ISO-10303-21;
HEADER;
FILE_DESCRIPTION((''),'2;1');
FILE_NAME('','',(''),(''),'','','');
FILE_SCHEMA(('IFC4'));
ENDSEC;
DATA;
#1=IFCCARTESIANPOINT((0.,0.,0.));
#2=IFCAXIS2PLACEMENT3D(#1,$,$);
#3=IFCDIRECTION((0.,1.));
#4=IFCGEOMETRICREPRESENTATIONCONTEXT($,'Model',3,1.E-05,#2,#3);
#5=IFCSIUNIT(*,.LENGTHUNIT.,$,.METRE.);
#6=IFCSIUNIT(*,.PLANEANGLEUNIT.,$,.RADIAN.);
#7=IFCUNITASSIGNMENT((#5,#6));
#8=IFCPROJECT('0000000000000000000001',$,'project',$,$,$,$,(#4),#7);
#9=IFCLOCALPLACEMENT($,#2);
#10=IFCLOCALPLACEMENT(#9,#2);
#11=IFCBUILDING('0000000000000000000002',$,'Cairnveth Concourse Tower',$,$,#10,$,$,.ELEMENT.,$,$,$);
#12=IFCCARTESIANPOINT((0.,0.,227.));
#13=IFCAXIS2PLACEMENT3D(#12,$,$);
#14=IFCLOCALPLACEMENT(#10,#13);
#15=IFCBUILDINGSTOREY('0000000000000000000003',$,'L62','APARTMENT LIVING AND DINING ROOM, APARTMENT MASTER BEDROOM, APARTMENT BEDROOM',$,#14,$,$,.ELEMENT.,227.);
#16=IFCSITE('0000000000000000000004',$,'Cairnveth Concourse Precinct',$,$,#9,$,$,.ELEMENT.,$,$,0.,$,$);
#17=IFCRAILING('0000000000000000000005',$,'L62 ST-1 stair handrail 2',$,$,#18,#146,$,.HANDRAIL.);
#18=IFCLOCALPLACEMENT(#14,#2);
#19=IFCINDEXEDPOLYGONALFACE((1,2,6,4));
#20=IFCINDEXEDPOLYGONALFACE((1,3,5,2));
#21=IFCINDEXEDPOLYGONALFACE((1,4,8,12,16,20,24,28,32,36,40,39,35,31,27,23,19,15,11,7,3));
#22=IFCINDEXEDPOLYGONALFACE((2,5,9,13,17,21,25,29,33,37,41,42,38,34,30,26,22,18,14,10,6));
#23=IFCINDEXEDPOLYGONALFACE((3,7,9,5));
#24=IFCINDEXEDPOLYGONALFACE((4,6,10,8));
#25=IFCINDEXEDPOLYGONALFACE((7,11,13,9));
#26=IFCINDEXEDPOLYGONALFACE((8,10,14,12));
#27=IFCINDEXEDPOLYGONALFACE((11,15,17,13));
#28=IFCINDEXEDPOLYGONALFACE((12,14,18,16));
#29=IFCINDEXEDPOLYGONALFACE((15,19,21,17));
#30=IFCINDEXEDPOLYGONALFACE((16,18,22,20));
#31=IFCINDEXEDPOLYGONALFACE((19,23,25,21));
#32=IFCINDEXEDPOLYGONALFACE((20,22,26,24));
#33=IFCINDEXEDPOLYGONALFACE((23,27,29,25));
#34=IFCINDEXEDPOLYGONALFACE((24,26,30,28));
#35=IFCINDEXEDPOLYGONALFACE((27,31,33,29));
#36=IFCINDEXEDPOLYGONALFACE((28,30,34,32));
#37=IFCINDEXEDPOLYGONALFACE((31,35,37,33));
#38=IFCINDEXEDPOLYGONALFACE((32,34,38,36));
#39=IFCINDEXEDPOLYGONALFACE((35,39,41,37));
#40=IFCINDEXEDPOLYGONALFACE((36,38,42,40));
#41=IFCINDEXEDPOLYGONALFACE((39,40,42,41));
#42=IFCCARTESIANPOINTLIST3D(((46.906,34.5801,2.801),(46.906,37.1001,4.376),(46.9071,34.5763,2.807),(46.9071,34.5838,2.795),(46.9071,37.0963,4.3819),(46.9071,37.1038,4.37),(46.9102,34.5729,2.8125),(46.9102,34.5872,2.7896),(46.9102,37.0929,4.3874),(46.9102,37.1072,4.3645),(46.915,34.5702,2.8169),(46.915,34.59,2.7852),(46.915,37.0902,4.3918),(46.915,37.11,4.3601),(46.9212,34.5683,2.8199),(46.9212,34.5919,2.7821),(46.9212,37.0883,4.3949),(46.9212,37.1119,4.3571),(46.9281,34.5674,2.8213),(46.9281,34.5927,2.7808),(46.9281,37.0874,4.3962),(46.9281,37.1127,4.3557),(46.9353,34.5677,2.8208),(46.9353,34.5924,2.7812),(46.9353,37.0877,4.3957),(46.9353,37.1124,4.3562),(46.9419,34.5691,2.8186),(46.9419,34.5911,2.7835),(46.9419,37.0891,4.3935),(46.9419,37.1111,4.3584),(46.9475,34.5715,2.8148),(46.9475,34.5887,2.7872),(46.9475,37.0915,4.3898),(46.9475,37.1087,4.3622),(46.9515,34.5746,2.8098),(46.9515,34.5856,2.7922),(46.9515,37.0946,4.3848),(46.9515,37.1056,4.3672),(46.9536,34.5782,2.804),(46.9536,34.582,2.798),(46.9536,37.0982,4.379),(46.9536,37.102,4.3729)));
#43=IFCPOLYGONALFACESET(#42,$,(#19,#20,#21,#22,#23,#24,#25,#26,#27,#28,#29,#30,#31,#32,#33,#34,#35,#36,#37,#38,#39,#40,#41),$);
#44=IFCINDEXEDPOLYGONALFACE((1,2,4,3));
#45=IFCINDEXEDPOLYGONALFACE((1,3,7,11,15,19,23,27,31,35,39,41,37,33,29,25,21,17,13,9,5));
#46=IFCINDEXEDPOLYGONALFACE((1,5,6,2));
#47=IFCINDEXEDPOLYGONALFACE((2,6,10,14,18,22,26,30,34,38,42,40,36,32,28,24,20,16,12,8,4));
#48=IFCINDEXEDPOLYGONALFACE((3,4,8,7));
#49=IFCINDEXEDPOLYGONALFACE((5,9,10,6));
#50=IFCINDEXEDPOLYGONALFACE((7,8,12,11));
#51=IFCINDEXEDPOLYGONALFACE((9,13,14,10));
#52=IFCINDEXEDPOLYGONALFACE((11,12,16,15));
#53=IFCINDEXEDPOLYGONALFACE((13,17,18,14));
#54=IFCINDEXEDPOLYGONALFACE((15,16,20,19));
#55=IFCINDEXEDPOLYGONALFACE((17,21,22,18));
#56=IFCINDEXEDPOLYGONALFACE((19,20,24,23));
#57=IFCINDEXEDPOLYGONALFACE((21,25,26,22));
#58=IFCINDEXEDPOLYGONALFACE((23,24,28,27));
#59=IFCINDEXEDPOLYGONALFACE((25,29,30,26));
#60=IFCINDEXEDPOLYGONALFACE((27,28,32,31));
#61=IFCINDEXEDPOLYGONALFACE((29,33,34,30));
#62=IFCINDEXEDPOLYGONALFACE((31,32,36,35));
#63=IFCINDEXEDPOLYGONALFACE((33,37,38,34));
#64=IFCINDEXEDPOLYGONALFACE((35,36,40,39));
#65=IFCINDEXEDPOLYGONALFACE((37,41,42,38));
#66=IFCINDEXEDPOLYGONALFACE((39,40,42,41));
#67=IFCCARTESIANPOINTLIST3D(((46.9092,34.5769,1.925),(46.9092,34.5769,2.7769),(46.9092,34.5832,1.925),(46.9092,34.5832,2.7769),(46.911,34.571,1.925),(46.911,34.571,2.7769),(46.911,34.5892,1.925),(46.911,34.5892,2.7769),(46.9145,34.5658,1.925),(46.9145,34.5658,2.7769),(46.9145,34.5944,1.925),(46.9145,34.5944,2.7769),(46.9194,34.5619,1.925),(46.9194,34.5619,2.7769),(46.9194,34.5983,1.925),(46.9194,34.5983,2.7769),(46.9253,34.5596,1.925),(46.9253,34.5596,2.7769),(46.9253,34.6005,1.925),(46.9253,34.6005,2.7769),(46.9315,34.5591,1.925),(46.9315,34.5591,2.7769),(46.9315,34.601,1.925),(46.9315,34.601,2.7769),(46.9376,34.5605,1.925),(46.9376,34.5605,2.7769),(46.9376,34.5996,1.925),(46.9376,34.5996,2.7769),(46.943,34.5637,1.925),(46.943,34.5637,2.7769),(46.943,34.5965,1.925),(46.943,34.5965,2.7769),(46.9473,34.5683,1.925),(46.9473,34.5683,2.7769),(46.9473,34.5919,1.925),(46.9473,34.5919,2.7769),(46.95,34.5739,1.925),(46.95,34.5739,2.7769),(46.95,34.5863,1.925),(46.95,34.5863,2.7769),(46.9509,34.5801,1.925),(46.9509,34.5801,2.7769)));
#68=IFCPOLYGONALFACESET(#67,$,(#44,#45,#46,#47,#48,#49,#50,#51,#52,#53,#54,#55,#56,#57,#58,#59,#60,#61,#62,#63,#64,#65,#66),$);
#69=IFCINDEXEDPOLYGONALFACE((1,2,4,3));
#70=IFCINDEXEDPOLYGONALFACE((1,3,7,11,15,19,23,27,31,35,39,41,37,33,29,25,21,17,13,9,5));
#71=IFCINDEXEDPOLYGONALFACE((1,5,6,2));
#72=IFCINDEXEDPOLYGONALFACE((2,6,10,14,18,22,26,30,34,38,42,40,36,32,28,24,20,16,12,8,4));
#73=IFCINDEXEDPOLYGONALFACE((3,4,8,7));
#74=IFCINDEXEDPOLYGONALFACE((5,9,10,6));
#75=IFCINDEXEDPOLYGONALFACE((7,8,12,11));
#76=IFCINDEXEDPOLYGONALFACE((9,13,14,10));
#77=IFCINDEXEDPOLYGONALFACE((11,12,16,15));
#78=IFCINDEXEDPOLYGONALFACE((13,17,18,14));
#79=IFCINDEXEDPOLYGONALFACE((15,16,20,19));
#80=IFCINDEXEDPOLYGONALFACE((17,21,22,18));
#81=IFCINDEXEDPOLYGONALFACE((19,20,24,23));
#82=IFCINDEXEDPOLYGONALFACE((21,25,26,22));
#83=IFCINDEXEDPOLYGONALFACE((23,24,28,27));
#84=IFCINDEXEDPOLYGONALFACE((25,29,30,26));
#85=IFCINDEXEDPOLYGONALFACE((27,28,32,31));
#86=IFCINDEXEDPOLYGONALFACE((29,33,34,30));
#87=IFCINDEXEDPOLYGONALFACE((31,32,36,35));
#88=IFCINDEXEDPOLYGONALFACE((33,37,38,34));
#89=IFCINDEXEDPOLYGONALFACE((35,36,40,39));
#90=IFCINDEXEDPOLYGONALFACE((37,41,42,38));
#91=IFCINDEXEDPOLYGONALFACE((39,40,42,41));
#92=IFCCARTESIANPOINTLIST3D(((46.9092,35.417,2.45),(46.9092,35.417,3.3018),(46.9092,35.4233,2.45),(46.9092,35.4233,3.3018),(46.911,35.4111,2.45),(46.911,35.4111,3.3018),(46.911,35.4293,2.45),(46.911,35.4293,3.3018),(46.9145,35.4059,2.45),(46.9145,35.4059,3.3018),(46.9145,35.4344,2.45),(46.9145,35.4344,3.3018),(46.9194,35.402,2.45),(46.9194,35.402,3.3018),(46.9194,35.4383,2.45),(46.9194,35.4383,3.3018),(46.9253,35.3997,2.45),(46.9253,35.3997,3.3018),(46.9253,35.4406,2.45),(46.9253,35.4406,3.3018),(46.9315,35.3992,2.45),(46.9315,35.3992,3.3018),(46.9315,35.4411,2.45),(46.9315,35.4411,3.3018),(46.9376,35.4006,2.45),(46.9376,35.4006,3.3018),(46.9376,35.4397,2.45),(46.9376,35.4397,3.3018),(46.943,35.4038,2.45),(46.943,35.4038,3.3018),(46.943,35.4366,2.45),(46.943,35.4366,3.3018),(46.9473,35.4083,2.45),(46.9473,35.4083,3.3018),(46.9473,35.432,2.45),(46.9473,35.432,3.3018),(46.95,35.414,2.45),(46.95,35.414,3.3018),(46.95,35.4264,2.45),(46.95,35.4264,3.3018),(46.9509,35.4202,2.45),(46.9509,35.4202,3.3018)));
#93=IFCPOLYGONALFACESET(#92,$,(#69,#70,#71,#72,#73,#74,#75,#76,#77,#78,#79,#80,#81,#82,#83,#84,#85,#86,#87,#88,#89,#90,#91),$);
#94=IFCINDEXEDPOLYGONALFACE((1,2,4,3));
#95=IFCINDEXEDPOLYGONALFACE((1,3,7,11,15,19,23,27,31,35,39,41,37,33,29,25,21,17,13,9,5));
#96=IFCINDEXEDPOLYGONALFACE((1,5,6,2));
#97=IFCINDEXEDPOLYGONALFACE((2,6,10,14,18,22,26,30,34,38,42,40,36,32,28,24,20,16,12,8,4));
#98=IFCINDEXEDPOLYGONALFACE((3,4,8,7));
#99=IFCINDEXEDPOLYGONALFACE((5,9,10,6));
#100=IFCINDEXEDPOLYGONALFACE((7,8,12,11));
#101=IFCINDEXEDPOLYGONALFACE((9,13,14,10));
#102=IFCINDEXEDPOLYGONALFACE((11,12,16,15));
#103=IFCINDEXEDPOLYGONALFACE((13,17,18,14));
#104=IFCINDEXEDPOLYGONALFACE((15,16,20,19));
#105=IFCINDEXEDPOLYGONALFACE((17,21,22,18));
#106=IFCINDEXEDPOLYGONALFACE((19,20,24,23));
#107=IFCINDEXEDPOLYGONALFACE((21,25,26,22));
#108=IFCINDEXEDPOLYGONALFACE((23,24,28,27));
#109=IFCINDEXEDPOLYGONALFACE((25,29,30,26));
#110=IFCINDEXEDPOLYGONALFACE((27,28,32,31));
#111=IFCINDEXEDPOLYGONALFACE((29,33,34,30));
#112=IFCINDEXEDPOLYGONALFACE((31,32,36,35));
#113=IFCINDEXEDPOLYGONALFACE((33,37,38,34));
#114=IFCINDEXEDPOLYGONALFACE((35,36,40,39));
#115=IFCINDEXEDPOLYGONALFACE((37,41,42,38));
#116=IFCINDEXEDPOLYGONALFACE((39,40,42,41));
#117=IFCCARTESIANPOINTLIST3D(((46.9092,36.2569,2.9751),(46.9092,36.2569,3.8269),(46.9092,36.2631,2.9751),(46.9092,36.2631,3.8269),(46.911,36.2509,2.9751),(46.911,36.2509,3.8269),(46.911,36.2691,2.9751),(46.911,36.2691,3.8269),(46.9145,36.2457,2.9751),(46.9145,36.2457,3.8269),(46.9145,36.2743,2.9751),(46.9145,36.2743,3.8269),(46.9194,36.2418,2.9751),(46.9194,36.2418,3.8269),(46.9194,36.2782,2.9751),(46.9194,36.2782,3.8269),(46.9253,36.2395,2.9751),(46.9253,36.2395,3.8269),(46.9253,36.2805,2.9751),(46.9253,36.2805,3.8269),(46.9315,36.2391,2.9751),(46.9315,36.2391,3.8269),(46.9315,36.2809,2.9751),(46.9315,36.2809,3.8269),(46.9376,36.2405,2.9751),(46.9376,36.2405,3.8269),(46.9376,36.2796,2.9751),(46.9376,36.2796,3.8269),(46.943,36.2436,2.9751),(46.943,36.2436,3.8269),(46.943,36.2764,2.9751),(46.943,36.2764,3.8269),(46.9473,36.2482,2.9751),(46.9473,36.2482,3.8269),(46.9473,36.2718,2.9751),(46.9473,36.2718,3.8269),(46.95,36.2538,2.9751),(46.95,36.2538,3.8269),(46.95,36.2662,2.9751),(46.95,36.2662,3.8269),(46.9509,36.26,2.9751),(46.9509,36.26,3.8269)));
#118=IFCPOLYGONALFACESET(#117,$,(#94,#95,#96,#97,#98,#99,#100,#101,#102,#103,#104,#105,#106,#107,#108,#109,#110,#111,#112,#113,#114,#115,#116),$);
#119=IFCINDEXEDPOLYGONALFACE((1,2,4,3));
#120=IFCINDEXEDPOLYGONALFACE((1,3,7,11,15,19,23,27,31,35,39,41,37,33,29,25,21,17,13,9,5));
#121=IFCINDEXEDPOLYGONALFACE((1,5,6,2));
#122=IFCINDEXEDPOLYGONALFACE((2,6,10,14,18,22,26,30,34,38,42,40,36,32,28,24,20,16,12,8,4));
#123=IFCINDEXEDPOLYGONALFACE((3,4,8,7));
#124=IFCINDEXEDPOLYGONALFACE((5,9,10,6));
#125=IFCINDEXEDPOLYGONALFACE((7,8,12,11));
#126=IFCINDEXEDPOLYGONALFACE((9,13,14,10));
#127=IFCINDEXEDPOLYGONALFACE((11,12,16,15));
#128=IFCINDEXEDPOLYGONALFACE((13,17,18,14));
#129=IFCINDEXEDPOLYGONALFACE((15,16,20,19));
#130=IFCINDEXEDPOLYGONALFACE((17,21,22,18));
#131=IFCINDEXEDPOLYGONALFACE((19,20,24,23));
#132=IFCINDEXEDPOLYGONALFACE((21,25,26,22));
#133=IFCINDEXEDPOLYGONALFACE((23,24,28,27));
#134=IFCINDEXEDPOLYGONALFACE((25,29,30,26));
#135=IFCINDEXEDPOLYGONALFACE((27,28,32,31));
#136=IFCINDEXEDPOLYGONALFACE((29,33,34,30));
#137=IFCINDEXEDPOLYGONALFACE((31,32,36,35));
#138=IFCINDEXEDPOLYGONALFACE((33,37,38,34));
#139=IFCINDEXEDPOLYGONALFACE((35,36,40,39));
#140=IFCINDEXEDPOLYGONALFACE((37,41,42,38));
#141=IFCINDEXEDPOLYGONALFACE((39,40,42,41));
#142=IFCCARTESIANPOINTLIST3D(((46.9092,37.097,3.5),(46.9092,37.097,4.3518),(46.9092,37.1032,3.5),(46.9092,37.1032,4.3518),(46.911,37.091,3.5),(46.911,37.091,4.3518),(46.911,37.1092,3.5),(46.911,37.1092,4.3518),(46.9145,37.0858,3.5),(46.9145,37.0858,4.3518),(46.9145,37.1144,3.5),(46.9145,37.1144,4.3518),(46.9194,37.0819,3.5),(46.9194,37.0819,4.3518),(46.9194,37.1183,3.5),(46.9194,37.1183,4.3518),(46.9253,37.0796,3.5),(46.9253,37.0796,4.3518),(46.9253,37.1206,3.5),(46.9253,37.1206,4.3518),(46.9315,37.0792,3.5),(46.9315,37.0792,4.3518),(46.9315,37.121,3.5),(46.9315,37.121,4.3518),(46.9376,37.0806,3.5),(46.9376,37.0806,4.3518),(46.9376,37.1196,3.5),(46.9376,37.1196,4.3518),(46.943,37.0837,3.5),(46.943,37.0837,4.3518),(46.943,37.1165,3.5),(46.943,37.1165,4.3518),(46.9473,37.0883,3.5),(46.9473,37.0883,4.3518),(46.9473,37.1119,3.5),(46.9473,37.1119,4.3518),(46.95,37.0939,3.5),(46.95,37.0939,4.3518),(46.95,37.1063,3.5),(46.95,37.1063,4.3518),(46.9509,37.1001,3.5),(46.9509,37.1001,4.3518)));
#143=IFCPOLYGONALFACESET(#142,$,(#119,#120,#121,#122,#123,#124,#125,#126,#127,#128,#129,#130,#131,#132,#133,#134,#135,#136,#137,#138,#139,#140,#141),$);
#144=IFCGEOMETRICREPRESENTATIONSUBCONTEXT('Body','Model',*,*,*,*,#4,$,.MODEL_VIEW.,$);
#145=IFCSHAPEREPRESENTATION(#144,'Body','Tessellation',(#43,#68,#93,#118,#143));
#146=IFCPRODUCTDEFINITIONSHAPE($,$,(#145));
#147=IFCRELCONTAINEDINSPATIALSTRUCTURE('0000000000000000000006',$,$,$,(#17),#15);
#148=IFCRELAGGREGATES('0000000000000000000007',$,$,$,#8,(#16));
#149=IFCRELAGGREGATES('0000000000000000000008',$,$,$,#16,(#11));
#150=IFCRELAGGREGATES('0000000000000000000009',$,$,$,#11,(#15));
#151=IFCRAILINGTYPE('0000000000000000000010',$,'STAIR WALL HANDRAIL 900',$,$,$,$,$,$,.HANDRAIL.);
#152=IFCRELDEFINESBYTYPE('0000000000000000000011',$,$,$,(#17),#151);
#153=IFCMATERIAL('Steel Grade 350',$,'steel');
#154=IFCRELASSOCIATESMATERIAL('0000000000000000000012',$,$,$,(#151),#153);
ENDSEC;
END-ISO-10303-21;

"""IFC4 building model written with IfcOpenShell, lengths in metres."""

from ifc_helpers import new_model, si_unit, direction, frame, origin, origin_2d, place, context, subcontext, project, spatial, circle, extrude, material, type_object, element, save


model = new_model("IFC4")

# Units and contexts
model_context = context("Model", 3, precision=1e-05, world=origin(), true_north=direction((0.0, 1.0)))
body_context = subcontext(model_context, "Body", "Model", "MODEL_VIEW")
ifc_project = project(units=[si_unit("LENGTHUNIT", "METRE"), si_unit("PLANEANGLEUNIT", "RADIAN")], contexts=[model_context])

# Site, building, storey
site_placement = place(None, origin())
site = spatial("IfcSite", under=ifc_project, at=site_placement, Name="Cairnveth Concourse Precinct", CompositionType="ELEMENT", RefElevation=0.0)
building_placement = place(site_placement, origin())
building = spatial("IfcBuilding", under=site, at=building_placement, Name="Cairnveth Concourse Tower", CompositionType="ELEMENT")
storey_placement = place(building_placement, frame((0.0, 0.0, 227.0)))
storey = spatial("IfcBuildingStorey", under=building, at=storey_placement, Name="L62", Description="APARTMENT LIVING AND DINING ROOM, APARTMENT MASTER BEDROOM, APARTMENT BEDROOM", CompositionType="ELEMENT", Elevation=227.0)

# Shared definitions
ifc_material_1 = material(Name="Steel Grade 350", Category="steel")

# Railing
railing_type_1 = type_object("IfcRailingType", Name="STAIR WALL HANDRAIL 900", PredefinedType="HANDRAIL", material=ifc_material_1)
railing_1_placement = place(storey_placement, frame((46.9299, 34.5801, 1.925)))
element("IfcRailing", 1, at=railing_1_placement, inside=storey, type_object=railing_type_1, Name="L62 ST-1 stair handrail 2", PredefinedType="HANDRAIL", context=body_context, shape_type="SweptSolid", body=[
    extrude(circle(Radius=0.0239, at=origin_2d()), frame((0.0, 0.0, 0.876), z_axis=(0.0, 0.848008, 0.529984), x_axis=(-1.0, 0.0, 0.0)), (0.0, 0.0, 1.0), 2.9717),
    extrude(circle(Radius=0.021, at=origin_2d()), origin(), (0.0, 0.0, 1.0), 0.8518),
    extrude(circle(Radius=0.021, at=origin_2d()), frame((0.0, 0.8401, 0.5249)), (0.0, 0.0, 1.0), 0.8518),
    extrude(circle(Radius=0.021, at=origin_2d()), frame((0.0, 1.6799, 1.05)), (0.0, 0.0, 1.0), 0.8518),
    extrude(circle(Radius=0.021, at=origin_2d()), frame((0.0, 2.52, 1.575)), (0.0, 0.0, 1.0), 0.8518),
])

save(model, "model.ifc")
